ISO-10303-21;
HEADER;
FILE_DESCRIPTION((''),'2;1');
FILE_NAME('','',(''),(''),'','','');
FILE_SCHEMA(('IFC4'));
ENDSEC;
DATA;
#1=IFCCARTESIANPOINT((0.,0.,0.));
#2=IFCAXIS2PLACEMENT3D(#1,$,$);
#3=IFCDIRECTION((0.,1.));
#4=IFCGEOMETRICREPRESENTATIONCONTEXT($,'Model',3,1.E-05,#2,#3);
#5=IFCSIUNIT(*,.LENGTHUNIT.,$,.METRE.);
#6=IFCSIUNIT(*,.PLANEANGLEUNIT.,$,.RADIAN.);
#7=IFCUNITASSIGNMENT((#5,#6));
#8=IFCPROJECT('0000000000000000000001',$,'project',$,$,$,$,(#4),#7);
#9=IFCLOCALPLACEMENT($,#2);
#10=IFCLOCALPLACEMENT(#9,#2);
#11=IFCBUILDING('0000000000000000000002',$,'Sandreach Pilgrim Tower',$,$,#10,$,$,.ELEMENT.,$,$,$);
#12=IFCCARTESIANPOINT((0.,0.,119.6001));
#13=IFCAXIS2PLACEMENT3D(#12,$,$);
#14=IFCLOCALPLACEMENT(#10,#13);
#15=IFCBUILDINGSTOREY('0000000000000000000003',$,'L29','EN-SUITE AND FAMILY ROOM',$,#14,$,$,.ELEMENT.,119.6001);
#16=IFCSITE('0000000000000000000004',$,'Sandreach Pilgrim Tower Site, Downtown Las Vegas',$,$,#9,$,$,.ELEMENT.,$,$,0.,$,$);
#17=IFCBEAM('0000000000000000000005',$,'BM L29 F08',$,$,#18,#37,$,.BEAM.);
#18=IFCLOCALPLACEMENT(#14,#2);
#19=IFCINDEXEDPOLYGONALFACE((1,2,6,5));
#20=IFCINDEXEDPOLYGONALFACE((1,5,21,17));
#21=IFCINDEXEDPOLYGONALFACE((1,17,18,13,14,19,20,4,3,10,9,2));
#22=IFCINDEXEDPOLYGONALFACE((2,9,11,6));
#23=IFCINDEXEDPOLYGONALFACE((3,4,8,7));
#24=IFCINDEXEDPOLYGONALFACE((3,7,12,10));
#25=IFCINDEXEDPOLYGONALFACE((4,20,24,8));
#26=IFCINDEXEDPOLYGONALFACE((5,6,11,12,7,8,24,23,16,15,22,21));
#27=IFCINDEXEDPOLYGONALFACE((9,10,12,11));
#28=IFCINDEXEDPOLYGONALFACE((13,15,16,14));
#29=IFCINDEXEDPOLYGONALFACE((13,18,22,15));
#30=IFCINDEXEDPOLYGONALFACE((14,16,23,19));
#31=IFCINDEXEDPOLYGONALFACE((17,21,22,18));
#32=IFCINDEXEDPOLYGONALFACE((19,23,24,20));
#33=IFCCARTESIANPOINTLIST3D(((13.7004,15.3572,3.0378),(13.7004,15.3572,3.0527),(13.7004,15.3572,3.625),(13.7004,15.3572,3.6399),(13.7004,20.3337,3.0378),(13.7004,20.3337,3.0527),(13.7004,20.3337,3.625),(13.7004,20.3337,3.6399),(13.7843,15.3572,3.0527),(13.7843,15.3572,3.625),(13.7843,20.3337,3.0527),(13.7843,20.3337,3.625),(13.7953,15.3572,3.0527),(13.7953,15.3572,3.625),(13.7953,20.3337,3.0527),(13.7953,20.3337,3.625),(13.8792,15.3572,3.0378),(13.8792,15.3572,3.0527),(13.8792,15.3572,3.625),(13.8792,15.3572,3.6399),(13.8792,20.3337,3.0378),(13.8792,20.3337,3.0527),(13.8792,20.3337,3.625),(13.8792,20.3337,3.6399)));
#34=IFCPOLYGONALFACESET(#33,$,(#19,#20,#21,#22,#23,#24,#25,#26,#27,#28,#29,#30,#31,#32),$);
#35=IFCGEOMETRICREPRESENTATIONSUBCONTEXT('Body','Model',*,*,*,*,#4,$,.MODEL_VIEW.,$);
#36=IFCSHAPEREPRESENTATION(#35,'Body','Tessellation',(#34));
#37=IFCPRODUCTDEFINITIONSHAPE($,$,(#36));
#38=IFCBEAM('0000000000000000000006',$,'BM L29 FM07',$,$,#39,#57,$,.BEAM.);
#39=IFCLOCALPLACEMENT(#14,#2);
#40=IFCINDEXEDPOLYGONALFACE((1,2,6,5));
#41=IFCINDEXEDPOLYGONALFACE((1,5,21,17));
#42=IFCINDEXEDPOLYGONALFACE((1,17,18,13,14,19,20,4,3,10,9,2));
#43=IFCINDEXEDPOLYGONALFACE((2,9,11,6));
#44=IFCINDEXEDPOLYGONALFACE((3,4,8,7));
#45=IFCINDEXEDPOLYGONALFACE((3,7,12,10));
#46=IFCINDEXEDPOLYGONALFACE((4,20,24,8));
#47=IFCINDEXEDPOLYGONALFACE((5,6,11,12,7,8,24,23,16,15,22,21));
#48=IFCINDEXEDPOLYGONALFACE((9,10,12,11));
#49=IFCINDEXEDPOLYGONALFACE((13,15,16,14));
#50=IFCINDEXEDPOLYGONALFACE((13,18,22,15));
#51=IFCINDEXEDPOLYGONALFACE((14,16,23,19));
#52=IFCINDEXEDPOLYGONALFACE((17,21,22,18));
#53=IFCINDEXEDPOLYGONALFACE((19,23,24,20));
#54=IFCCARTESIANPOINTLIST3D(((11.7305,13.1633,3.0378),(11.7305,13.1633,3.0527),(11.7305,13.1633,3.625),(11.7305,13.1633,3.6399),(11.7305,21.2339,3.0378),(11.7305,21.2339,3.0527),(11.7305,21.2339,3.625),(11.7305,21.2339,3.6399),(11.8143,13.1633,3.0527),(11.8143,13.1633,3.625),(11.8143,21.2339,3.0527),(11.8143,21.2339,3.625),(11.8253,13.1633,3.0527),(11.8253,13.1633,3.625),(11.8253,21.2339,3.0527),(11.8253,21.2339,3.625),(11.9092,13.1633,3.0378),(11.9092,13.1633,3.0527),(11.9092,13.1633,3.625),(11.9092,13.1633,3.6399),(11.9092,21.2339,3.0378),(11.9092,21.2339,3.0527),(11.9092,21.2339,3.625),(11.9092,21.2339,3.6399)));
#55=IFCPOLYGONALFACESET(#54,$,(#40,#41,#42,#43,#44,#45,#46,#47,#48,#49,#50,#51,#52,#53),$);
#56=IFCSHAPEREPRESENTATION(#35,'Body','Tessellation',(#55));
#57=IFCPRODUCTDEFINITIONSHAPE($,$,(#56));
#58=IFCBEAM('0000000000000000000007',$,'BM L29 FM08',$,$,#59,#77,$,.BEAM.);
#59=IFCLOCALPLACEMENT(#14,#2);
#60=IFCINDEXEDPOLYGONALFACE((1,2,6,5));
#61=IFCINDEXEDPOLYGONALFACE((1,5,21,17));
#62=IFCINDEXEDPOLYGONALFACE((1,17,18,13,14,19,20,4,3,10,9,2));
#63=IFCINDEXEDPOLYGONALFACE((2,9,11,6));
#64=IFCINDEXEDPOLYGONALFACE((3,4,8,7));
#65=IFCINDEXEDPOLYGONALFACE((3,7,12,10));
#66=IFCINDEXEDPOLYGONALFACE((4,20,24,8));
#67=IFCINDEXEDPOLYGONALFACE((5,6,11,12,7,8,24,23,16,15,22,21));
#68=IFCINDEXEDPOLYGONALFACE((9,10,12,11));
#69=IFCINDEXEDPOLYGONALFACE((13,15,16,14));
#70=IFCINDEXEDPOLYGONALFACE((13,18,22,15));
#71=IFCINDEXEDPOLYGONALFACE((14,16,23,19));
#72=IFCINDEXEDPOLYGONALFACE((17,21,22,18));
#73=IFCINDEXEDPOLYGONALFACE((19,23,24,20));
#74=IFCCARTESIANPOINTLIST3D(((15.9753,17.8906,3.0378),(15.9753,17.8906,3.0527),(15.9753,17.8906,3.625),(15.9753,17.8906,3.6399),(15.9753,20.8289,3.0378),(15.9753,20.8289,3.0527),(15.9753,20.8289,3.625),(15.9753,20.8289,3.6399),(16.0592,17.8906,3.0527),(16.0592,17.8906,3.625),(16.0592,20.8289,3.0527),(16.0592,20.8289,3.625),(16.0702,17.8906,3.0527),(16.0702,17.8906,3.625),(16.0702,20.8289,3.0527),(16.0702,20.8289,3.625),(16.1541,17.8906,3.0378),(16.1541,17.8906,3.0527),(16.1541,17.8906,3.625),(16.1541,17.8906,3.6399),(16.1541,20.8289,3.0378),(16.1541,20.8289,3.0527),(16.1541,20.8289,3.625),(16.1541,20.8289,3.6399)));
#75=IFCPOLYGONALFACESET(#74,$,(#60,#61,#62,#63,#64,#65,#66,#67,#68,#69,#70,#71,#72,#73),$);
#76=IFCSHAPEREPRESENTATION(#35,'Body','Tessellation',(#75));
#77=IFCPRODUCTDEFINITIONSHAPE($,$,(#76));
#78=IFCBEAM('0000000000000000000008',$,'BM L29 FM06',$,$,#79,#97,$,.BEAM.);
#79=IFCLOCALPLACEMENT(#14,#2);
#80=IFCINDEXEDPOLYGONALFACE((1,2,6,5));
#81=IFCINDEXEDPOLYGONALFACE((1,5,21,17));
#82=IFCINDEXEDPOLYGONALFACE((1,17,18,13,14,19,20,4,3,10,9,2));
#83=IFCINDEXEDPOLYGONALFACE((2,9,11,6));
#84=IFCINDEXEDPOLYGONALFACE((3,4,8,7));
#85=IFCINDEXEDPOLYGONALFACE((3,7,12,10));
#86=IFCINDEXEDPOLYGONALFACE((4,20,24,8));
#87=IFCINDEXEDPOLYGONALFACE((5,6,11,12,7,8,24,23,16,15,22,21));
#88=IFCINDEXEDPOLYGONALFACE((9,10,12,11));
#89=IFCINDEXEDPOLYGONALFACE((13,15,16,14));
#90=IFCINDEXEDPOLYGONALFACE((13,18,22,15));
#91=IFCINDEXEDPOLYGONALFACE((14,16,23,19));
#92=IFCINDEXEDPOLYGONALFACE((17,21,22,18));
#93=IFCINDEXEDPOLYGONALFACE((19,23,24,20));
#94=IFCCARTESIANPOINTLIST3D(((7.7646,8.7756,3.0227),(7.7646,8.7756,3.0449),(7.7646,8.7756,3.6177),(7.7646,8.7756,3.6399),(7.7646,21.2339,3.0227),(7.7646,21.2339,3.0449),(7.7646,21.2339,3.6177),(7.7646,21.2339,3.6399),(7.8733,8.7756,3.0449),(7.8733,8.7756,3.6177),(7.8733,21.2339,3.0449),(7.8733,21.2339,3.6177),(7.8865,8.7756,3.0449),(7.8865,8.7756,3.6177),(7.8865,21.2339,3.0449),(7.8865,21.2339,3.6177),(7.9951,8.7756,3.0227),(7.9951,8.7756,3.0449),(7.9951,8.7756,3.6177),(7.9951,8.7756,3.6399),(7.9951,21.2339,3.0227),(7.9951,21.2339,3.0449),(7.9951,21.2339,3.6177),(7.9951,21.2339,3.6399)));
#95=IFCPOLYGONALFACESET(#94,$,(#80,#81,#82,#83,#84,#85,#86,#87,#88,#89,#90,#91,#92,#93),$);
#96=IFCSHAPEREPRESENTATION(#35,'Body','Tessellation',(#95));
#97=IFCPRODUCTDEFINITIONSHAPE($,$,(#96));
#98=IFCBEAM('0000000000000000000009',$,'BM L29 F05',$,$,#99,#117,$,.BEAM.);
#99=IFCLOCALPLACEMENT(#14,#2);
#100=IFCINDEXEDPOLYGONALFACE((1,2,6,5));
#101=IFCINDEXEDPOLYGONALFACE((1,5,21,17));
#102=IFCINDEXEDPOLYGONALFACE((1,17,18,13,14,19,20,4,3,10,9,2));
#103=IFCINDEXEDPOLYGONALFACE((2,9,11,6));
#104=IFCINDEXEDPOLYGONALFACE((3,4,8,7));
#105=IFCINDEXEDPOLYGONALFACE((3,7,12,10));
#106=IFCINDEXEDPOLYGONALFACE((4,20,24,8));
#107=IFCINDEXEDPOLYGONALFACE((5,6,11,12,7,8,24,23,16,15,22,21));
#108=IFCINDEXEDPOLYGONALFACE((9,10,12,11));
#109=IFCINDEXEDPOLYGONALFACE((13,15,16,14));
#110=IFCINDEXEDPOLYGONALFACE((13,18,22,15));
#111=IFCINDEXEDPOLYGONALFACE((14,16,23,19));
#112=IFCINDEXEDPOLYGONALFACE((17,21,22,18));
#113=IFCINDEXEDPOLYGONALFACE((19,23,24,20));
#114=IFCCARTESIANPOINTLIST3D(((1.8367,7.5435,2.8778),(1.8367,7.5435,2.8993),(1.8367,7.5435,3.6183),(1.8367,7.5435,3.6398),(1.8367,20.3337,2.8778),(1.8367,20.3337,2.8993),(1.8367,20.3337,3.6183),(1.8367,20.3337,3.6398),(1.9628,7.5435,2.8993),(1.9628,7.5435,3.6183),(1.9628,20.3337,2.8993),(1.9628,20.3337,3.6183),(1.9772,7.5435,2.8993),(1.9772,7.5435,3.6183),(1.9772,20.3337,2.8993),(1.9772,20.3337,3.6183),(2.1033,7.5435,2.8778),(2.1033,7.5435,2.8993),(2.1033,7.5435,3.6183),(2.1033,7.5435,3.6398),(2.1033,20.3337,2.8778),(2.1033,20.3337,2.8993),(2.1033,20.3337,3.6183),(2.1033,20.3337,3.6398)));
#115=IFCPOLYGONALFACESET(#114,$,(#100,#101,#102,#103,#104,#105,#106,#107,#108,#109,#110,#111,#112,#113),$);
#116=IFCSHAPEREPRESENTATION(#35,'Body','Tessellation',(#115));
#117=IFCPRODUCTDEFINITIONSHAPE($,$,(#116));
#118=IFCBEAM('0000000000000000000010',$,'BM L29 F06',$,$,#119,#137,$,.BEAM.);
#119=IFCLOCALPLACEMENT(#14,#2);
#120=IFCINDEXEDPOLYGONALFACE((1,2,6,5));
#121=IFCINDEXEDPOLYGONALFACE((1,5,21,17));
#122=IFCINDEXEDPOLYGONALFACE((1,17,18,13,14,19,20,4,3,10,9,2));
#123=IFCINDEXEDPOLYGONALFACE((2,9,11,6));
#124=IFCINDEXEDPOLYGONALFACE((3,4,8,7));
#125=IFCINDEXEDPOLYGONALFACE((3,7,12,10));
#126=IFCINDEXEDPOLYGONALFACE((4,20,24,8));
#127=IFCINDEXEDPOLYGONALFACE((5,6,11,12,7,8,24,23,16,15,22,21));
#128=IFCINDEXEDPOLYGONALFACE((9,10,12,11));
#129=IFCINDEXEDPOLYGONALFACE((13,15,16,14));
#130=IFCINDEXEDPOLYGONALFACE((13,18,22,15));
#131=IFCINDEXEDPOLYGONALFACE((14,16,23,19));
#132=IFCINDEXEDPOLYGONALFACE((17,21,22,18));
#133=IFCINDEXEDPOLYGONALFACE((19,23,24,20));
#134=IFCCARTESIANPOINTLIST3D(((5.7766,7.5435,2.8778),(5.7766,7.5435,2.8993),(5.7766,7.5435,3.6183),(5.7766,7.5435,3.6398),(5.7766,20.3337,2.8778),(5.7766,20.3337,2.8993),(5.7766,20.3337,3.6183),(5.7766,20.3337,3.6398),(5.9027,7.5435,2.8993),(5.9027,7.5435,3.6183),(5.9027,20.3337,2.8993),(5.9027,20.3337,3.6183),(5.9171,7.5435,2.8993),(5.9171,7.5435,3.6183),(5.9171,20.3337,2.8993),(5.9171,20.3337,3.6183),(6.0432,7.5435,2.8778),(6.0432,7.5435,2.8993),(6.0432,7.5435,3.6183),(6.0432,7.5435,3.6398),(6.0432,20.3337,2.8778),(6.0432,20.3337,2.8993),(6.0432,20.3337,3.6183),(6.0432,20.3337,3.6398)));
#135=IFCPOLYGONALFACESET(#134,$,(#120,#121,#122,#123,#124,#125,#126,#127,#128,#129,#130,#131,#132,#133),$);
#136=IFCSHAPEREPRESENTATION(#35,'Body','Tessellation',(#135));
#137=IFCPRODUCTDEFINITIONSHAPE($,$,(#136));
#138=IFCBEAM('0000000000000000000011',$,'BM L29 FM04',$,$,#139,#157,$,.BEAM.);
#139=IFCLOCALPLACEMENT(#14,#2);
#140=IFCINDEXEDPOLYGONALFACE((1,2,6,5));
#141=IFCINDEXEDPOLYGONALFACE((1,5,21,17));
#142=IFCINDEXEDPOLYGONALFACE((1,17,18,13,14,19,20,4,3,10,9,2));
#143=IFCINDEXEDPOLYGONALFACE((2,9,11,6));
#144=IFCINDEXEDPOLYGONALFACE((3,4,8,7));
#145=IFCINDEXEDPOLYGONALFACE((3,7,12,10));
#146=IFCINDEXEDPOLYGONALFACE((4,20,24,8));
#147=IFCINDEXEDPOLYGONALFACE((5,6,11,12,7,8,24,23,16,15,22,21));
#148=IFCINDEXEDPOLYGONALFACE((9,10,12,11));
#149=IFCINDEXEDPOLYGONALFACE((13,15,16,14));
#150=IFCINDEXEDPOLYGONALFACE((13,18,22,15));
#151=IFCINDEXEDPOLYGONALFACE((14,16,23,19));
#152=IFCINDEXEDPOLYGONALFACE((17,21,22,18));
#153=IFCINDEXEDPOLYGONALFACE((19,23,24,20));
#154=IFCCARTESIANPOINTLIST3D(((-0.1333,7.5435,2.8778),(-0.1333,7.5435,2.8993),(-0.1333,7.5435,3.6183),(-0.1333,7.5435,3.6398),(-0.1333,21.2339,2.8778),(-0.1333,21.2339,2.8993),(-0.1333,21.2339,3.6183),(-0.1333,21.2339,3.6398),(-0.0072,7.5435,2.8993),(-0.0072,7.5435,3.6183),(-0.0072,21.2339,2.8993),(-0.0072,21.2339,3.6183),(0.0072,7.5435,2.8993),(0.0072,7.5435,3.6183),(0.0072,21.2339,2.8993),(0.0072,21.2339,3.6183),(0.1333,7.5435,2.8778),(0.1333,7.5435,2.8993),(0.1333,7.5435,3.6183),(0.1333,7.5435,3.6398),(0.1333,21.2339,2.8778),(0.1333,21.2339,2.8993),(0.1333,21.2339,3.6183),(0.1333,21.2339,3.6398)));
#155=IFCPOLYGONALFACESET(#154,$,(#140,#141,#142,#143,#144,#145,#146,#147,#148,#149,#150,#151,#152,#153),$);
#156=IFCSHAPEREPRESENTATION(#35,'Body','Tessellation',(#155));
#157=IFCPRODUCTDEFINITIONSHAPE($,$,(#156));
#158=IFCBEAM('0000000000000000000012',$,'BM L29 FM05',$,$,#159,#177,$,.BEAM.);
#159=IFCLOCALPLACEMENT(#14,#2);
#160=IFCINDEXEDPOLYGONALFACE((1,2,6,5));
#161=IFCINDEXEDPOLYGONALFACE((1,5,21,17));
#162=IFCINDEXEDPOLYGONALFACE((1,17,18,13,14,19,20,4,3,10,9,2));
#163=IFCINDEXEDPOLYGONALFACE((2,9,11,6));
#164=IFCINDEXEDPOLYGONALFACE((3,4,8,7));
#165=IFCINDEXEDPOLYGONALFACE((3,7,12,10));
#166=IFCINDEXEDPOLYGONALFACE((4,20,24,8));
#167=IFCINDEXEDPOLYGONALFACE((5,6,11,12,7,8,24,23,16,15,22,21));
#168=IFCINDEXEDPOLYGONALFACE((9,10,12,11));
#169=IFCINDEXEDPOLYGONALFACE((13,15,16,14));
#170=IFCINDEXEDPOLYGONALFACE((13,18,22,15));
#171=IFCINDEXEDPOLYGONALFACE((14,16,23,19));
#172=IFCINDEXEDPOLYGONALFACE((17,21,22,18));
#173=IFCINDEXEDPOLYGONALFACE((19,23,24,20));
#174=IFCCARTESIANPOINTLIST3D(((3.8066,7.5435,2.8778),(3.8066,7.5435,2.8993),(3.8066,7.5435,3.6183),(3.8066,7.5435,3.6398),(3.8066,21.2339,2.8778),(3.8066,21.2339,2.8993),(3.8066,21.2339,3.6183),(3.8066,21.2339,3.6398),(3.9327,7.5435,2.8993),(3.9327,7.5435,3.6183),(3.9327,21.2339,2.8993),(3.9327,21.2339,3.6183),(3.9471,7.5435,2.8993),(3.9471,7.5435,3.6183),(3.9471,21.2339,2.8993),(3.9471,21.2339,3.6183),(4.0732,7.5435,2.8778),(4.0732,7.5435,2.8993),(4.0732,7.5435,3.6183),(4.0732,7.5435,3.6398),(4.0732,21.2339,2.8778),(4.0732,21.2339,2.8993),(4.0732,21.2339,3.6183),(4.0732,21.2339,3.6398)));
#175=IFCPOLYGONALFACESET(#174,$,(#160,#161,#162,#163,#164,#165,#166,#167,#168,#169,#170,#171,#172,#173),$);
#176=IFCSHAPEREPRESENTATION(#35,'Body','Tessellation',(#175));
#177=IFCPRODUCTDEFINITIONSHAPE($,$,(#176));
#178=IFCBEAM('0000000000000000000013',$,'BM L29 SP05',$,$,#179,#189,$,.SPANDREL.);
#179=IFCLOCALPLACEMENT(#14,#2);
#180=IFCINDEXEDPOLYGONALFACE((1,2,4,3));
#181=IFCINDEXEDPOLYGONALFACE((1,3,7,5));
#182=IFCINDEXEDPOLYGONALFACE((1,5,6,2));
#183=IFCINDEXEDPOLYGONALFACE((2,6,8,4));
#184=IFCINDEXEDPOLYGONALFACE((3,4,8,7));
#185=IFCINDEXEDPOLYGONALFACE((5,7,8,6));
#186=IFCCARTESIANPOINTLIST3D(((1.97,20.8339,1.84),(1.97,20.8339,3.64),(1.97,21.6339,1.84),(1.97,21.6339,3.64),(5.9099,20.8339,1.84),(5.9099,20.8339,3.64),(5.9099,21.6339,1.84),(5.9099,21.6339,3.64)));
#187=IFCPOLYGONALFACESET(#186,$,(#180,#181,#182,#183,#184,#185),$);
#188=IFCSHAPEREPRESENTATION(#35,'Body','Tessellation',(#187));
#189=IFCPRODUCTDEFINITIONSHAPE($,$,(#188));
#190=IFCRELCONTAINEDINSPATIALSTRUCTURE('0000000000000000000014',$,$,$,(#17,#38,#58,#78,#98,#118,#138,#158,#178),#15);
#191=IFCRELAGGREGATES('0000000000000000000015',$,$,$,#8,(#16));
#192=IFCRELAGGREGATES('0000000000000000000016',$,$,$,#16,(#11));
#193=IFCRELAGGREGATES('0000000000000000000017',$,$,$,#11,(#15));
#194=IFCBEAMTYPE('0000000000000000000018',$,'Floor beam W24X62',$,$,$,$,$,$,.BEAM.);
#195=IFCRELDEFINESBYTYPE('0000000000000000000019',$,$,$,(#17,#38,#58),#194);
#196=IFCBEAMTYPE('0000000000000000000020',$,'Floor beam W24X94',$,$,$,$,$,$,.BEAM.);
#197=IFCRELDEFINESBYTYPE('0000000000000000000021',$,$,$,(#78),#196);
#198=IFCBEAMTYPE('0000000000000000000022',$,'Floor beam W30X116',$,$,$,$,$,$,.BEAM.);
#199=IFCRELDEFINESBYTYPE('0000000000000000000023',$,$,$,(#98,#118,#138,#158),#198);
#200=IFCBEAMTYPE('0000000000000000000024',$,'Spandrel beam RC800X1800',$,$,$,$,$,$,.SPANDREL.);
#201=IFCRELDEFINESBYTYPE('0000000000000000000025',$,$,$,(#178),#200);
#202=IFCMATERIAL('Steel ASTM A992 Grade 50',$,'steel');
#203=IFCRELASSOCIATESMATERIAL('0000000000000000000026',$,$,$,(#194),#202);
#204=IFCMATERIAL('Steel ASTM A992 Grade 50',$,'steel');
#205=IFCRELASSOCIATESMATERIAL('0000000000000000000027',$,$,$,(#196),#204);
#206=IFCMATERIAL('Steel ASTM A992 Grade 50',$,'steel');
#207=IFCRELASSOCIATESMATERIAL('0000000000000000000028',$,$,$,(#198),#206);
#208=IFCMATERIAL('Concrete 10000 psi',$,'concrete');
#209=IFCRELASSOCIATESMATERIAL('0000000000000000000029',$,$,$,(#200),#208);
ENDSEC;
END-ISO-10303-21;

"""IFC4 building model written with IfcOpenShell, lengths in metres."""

from ifc_helpers import new_model, si_unit, direction, frame, origin, origin_2d, place, context, subcontext, project, spatial, rectangle, i_section, extrude, material, material_profile, profile_set, type_object, element, save


model = new_model("IFC4")

# Units and contexts
model_context = context("Model", 3, precision=1e-05, world=origin(), true_north=direction((0.0, 1.0)))
body_context = subcontext(model_context, "Body", "Model", "MODEL_VIEW")
ifc_project = project(units=[si_unit("LENGTHUNIT", "METRE"), si_unit("PLANEANGLEUNIT", "RADIAN")], contexts=[model_context])

# Site, building, storey
site_placement = place(None, origin())
site = spatial("IfcSite", under=ifc_project, at=site_placement, Name="Sandreach Pilgrim Tower Site, Downtown Las Vegas", CompositionType="ELEMENT", RefElevation=0.0)
building_placement = place(site_placement, origin())
building = spatial("IfcBuilding", under=site, at=building_placement, Name="Sandreach Pilgrim Tower", CompositionType="ELEMENT")
storey_placement = place(building_placement, frame((0.0, 0.0, 119.6001)))
storey = spatial("IfcBuildingStorey", under=building, at=storey_placement, Name="L29", Description="EN-SUITE AND FAMILY ROOM", CompositionType="ELEMENT", Elevation=119.6001)

# Beams
ifc_material_1 = material(Name="Steel ASTM A992 Grade 50", Category="steel")
ifc_material_profile_1 = material_profile(ifc_material_1, i_section(OverallWidth=0.1787, OverallDepth=0.6021, WebThickness=0.011, FlangeThickness=0.0149, at=origin_2d()), Name="W24X62")
ifc_profile_set_1 = profile_set([ifc_material_profile_1], Name="Steel ASTM A992 Grade 50")
beam_type_1 = type_object("IfcBeamType", Name="Floor beam W24X62", PredefinedType="BEAM", material=ifc_profile_set_1)
beam_1_placement = place(storey_placement, frame((13.7898, 20.3337, 3.3389), z_axis=(0.0, -1.0, 0.0), x_axis=(1.0, 0.0, 0.0)))
element("IfcBeam", 1, at=beam_1_placement, inside=storey, type_object=beam_type_1, Name="BM L29 F08", PredefinedType="BEAM", context=body_context, shape_type="SweptSolid", body=[
    extrude(i_section(OverallWidth=0.1787, OverallDepth=0.6021, WebThickness=0.011, FlangeThickness=0.0149, at=origin_2d()), origin(), (0.0, 0.0, 1.0), 4.9766),
])
beam_2_placement = place(storey_placement, frame((11.8198, 21.2339, 3.3389), z_axis=(0.0, -1.0, 0.0), x_axis=(1.0, 0.0, 0.0)))
element("IfcBeam", 2, at=beam_2_placement, inside=storey, type_object=beam_type_1, Name="BM L29 FM07", PredefinedType="BEAM", context=body_context, shape_type="SweptSolid", body=[
    extrude(i_section(OverallWidth=0.1787, OverallDepth=0.6021, WebThickness=0.011, FlangeThickness=0.0149, at=origin_2d()), origin(), (0.0, 0.0, 1.0), 8.0706),
])
beam_3_placement = place(storey_placement, frame((16.0647, 20.8289, 3.3389), z_axis=(0.0, -1.0, 0.0), x_axis=(1.0, 0.0, 0.0)))
element("IfcBeam", 3, at=beam_3_placement, inside=storey, type_object=beam_type_1, Name="BM L29 FM08", PredefinedType="BEAM", context=body_context, shape_type="SweptSolid", body=[
    extrude(i_section(OverallWidth=0.1787, OverallDepth=0.6021, WebThickness=0.011, FlangeThickness=0.0149, at=origin_2d()), origin(), (0.0, 0.0, 1.0), 2.9382),
])
ifc_material_2 = material(Name="Steel ASTM A992 Grade 50", Category="steel")
ifc_material_profile_2 = material_profile(ifc_material_2, i_section(OverallWidth=0.2305, OverallDepth=0.6172, WebThickness=0.0132, FlangeThickness=0.0222, at=origin_2d()), Name="W24X94")
ifc_profile_set_2 = profile_set([ifc_material_profile_2], Name="Steel ASTM A992 Grade 50")
beam_type_2 = type_object("IfcBeamType", Name="Floor beam W24X94", PredefinedType="BEAM", material=ifc_profile_set_2)
beam_4_placement = place(storey_placement, frame((7.8799, 21.2339, 3.3313), z_axis=(0.0, -1.0, 0.0), x_axis=(1.0, 0.0, 0.0)))
element("IfcBeam", 4, at=beam_4_placement, inside=storey, type_object=beam_type_2, Name="BM L29 FM06", PredefinedType="BEAM", context=body_context, shape_type="SweptSolid", body=[
    extrude(i_section(OverallWidth=0.2305, OverallDepth=0.6172, WebThickness=0.0132, FlangeThickness=0.0222, at=origin_2d()), origin(), (0.0, 0.0, 1.0), 12.4583),
])
ifc_material_3 = material(Name="Steel ASTM A992 Grade 50", Category="steel")
ifc_material_profile_3 = material_profile(ifc_material_3, i_section(OverallWidth=0.2666, OverallDepth=0.762, WebThickness=0.0144, FlangeThickness=0.0215, at=origin_2d()), Name="W30X116")
ifc_profile_set_3 = profile_set([ifc_material_profile_3], Name="Steel ASTM A992 Grade 50")
beam_type_3 = type_object("IfcBeamType", Name="Floor beam W30X116", PredefinedType="BEAM", material=ifc_profile_set_3)
for number, where, z_axis, x_axis, name in (
    (5, (1.97, 20.3337, 3.2588), (0.0, -1.0, 0.0), (1.0, 0.0, 0.0), "BM L29 F05"),
    (6, (5.9099, 20.3337, 3.2588), (0.0, -1.0, 0.0), (1.0, 0.0, 0.0), "BM L29 F06"),
):
    element("IfcBeam", number, at=place(storey_placement, frame(where, z_axis=z_axis, x_axis=x_axis)), inside=storey, type_object=beam_type_3, Name=name, PredefinedType="BEAM", context=body_context, shape_type="SweptSolid", body=[
        extrude(i_section(OverallWidth=0.2666, OverallDepth=0.762, WebThickness=0.0144, FlangeThickness=0.0215, at=origin_2d()), origin(), (0.0, 0.0, 1.0), 12.7903),
    ])
for number, where, z_axis, x_axis, name in (
    (7, (0.0, 21.2339, 3.2588), (0.0, -1.0, 0.0), (1.0, 0.0, 0.0), "BM L29 FM04"),
    (8, (3.9399, 21.2339, 3.2588), (0.0, -1.0, 0.0), (1.0, 0.0, 0.0), "BM L29 FM05"),
):
    element("IfcBeam", number, at=place(storey_placement, frame(where, z_axis=z_axis, x_axis=x_axis)), inside=storey, type_object=beam_type_3, Name=name, PredefinedType="BEAM", context=body_context, shape_type="SweptSolid", body=[
        extrude(i_section(OverallWidth=0.2666, OverallDepth=0.762, WebThickness=0.0144, FlangeThickness=0.0215, at=origin_2d()), origin(), (0.0, 0.0, 1.0), 13.6904),
    ])
ifc_material_4 = material(Name="Concrete 10000 psi", Category="concrete")
ifc_material_profile_4 = material_profile(ifc_material_4, rectangle(XDim=0.8, YDim=1.8, at=origin_2d()), Name="RC800X1800")
ifc_profile_set_4 = profile_set([ifc_material_profile_4], Name="Concrete 10000 psi")
beam_type_4 = type_object("IfcBeamType", Name="Spandrel beam RC800X1800", PredefinedType="SPANDREL", material=ifc_profile_set_4)
for number, where, z_axis, x_axis, name in (
    (9, (1.97, 21.2339, 2.74), (1.0, 0.0, 0.0), (0.0, 1.0, 0.0), "BM L29 SP05"),
):
    element("IfcBeam", number, at=place(storey_placement, frame(where, z_axis=z_axis, x_axis=x_axis)), inside=storey, type_object=beam_type_4, Name=name, PredefinedType="SPANDREL", context=body_context, shape_type="SweptSolid", body=[
        extrude(rectangle(XDim=0.8, YDim=1.8, at=origin_2d()), origin(), (0.0, 0.0, 1.0), 3.9399),
    ])

save(model, "model.ifc")
